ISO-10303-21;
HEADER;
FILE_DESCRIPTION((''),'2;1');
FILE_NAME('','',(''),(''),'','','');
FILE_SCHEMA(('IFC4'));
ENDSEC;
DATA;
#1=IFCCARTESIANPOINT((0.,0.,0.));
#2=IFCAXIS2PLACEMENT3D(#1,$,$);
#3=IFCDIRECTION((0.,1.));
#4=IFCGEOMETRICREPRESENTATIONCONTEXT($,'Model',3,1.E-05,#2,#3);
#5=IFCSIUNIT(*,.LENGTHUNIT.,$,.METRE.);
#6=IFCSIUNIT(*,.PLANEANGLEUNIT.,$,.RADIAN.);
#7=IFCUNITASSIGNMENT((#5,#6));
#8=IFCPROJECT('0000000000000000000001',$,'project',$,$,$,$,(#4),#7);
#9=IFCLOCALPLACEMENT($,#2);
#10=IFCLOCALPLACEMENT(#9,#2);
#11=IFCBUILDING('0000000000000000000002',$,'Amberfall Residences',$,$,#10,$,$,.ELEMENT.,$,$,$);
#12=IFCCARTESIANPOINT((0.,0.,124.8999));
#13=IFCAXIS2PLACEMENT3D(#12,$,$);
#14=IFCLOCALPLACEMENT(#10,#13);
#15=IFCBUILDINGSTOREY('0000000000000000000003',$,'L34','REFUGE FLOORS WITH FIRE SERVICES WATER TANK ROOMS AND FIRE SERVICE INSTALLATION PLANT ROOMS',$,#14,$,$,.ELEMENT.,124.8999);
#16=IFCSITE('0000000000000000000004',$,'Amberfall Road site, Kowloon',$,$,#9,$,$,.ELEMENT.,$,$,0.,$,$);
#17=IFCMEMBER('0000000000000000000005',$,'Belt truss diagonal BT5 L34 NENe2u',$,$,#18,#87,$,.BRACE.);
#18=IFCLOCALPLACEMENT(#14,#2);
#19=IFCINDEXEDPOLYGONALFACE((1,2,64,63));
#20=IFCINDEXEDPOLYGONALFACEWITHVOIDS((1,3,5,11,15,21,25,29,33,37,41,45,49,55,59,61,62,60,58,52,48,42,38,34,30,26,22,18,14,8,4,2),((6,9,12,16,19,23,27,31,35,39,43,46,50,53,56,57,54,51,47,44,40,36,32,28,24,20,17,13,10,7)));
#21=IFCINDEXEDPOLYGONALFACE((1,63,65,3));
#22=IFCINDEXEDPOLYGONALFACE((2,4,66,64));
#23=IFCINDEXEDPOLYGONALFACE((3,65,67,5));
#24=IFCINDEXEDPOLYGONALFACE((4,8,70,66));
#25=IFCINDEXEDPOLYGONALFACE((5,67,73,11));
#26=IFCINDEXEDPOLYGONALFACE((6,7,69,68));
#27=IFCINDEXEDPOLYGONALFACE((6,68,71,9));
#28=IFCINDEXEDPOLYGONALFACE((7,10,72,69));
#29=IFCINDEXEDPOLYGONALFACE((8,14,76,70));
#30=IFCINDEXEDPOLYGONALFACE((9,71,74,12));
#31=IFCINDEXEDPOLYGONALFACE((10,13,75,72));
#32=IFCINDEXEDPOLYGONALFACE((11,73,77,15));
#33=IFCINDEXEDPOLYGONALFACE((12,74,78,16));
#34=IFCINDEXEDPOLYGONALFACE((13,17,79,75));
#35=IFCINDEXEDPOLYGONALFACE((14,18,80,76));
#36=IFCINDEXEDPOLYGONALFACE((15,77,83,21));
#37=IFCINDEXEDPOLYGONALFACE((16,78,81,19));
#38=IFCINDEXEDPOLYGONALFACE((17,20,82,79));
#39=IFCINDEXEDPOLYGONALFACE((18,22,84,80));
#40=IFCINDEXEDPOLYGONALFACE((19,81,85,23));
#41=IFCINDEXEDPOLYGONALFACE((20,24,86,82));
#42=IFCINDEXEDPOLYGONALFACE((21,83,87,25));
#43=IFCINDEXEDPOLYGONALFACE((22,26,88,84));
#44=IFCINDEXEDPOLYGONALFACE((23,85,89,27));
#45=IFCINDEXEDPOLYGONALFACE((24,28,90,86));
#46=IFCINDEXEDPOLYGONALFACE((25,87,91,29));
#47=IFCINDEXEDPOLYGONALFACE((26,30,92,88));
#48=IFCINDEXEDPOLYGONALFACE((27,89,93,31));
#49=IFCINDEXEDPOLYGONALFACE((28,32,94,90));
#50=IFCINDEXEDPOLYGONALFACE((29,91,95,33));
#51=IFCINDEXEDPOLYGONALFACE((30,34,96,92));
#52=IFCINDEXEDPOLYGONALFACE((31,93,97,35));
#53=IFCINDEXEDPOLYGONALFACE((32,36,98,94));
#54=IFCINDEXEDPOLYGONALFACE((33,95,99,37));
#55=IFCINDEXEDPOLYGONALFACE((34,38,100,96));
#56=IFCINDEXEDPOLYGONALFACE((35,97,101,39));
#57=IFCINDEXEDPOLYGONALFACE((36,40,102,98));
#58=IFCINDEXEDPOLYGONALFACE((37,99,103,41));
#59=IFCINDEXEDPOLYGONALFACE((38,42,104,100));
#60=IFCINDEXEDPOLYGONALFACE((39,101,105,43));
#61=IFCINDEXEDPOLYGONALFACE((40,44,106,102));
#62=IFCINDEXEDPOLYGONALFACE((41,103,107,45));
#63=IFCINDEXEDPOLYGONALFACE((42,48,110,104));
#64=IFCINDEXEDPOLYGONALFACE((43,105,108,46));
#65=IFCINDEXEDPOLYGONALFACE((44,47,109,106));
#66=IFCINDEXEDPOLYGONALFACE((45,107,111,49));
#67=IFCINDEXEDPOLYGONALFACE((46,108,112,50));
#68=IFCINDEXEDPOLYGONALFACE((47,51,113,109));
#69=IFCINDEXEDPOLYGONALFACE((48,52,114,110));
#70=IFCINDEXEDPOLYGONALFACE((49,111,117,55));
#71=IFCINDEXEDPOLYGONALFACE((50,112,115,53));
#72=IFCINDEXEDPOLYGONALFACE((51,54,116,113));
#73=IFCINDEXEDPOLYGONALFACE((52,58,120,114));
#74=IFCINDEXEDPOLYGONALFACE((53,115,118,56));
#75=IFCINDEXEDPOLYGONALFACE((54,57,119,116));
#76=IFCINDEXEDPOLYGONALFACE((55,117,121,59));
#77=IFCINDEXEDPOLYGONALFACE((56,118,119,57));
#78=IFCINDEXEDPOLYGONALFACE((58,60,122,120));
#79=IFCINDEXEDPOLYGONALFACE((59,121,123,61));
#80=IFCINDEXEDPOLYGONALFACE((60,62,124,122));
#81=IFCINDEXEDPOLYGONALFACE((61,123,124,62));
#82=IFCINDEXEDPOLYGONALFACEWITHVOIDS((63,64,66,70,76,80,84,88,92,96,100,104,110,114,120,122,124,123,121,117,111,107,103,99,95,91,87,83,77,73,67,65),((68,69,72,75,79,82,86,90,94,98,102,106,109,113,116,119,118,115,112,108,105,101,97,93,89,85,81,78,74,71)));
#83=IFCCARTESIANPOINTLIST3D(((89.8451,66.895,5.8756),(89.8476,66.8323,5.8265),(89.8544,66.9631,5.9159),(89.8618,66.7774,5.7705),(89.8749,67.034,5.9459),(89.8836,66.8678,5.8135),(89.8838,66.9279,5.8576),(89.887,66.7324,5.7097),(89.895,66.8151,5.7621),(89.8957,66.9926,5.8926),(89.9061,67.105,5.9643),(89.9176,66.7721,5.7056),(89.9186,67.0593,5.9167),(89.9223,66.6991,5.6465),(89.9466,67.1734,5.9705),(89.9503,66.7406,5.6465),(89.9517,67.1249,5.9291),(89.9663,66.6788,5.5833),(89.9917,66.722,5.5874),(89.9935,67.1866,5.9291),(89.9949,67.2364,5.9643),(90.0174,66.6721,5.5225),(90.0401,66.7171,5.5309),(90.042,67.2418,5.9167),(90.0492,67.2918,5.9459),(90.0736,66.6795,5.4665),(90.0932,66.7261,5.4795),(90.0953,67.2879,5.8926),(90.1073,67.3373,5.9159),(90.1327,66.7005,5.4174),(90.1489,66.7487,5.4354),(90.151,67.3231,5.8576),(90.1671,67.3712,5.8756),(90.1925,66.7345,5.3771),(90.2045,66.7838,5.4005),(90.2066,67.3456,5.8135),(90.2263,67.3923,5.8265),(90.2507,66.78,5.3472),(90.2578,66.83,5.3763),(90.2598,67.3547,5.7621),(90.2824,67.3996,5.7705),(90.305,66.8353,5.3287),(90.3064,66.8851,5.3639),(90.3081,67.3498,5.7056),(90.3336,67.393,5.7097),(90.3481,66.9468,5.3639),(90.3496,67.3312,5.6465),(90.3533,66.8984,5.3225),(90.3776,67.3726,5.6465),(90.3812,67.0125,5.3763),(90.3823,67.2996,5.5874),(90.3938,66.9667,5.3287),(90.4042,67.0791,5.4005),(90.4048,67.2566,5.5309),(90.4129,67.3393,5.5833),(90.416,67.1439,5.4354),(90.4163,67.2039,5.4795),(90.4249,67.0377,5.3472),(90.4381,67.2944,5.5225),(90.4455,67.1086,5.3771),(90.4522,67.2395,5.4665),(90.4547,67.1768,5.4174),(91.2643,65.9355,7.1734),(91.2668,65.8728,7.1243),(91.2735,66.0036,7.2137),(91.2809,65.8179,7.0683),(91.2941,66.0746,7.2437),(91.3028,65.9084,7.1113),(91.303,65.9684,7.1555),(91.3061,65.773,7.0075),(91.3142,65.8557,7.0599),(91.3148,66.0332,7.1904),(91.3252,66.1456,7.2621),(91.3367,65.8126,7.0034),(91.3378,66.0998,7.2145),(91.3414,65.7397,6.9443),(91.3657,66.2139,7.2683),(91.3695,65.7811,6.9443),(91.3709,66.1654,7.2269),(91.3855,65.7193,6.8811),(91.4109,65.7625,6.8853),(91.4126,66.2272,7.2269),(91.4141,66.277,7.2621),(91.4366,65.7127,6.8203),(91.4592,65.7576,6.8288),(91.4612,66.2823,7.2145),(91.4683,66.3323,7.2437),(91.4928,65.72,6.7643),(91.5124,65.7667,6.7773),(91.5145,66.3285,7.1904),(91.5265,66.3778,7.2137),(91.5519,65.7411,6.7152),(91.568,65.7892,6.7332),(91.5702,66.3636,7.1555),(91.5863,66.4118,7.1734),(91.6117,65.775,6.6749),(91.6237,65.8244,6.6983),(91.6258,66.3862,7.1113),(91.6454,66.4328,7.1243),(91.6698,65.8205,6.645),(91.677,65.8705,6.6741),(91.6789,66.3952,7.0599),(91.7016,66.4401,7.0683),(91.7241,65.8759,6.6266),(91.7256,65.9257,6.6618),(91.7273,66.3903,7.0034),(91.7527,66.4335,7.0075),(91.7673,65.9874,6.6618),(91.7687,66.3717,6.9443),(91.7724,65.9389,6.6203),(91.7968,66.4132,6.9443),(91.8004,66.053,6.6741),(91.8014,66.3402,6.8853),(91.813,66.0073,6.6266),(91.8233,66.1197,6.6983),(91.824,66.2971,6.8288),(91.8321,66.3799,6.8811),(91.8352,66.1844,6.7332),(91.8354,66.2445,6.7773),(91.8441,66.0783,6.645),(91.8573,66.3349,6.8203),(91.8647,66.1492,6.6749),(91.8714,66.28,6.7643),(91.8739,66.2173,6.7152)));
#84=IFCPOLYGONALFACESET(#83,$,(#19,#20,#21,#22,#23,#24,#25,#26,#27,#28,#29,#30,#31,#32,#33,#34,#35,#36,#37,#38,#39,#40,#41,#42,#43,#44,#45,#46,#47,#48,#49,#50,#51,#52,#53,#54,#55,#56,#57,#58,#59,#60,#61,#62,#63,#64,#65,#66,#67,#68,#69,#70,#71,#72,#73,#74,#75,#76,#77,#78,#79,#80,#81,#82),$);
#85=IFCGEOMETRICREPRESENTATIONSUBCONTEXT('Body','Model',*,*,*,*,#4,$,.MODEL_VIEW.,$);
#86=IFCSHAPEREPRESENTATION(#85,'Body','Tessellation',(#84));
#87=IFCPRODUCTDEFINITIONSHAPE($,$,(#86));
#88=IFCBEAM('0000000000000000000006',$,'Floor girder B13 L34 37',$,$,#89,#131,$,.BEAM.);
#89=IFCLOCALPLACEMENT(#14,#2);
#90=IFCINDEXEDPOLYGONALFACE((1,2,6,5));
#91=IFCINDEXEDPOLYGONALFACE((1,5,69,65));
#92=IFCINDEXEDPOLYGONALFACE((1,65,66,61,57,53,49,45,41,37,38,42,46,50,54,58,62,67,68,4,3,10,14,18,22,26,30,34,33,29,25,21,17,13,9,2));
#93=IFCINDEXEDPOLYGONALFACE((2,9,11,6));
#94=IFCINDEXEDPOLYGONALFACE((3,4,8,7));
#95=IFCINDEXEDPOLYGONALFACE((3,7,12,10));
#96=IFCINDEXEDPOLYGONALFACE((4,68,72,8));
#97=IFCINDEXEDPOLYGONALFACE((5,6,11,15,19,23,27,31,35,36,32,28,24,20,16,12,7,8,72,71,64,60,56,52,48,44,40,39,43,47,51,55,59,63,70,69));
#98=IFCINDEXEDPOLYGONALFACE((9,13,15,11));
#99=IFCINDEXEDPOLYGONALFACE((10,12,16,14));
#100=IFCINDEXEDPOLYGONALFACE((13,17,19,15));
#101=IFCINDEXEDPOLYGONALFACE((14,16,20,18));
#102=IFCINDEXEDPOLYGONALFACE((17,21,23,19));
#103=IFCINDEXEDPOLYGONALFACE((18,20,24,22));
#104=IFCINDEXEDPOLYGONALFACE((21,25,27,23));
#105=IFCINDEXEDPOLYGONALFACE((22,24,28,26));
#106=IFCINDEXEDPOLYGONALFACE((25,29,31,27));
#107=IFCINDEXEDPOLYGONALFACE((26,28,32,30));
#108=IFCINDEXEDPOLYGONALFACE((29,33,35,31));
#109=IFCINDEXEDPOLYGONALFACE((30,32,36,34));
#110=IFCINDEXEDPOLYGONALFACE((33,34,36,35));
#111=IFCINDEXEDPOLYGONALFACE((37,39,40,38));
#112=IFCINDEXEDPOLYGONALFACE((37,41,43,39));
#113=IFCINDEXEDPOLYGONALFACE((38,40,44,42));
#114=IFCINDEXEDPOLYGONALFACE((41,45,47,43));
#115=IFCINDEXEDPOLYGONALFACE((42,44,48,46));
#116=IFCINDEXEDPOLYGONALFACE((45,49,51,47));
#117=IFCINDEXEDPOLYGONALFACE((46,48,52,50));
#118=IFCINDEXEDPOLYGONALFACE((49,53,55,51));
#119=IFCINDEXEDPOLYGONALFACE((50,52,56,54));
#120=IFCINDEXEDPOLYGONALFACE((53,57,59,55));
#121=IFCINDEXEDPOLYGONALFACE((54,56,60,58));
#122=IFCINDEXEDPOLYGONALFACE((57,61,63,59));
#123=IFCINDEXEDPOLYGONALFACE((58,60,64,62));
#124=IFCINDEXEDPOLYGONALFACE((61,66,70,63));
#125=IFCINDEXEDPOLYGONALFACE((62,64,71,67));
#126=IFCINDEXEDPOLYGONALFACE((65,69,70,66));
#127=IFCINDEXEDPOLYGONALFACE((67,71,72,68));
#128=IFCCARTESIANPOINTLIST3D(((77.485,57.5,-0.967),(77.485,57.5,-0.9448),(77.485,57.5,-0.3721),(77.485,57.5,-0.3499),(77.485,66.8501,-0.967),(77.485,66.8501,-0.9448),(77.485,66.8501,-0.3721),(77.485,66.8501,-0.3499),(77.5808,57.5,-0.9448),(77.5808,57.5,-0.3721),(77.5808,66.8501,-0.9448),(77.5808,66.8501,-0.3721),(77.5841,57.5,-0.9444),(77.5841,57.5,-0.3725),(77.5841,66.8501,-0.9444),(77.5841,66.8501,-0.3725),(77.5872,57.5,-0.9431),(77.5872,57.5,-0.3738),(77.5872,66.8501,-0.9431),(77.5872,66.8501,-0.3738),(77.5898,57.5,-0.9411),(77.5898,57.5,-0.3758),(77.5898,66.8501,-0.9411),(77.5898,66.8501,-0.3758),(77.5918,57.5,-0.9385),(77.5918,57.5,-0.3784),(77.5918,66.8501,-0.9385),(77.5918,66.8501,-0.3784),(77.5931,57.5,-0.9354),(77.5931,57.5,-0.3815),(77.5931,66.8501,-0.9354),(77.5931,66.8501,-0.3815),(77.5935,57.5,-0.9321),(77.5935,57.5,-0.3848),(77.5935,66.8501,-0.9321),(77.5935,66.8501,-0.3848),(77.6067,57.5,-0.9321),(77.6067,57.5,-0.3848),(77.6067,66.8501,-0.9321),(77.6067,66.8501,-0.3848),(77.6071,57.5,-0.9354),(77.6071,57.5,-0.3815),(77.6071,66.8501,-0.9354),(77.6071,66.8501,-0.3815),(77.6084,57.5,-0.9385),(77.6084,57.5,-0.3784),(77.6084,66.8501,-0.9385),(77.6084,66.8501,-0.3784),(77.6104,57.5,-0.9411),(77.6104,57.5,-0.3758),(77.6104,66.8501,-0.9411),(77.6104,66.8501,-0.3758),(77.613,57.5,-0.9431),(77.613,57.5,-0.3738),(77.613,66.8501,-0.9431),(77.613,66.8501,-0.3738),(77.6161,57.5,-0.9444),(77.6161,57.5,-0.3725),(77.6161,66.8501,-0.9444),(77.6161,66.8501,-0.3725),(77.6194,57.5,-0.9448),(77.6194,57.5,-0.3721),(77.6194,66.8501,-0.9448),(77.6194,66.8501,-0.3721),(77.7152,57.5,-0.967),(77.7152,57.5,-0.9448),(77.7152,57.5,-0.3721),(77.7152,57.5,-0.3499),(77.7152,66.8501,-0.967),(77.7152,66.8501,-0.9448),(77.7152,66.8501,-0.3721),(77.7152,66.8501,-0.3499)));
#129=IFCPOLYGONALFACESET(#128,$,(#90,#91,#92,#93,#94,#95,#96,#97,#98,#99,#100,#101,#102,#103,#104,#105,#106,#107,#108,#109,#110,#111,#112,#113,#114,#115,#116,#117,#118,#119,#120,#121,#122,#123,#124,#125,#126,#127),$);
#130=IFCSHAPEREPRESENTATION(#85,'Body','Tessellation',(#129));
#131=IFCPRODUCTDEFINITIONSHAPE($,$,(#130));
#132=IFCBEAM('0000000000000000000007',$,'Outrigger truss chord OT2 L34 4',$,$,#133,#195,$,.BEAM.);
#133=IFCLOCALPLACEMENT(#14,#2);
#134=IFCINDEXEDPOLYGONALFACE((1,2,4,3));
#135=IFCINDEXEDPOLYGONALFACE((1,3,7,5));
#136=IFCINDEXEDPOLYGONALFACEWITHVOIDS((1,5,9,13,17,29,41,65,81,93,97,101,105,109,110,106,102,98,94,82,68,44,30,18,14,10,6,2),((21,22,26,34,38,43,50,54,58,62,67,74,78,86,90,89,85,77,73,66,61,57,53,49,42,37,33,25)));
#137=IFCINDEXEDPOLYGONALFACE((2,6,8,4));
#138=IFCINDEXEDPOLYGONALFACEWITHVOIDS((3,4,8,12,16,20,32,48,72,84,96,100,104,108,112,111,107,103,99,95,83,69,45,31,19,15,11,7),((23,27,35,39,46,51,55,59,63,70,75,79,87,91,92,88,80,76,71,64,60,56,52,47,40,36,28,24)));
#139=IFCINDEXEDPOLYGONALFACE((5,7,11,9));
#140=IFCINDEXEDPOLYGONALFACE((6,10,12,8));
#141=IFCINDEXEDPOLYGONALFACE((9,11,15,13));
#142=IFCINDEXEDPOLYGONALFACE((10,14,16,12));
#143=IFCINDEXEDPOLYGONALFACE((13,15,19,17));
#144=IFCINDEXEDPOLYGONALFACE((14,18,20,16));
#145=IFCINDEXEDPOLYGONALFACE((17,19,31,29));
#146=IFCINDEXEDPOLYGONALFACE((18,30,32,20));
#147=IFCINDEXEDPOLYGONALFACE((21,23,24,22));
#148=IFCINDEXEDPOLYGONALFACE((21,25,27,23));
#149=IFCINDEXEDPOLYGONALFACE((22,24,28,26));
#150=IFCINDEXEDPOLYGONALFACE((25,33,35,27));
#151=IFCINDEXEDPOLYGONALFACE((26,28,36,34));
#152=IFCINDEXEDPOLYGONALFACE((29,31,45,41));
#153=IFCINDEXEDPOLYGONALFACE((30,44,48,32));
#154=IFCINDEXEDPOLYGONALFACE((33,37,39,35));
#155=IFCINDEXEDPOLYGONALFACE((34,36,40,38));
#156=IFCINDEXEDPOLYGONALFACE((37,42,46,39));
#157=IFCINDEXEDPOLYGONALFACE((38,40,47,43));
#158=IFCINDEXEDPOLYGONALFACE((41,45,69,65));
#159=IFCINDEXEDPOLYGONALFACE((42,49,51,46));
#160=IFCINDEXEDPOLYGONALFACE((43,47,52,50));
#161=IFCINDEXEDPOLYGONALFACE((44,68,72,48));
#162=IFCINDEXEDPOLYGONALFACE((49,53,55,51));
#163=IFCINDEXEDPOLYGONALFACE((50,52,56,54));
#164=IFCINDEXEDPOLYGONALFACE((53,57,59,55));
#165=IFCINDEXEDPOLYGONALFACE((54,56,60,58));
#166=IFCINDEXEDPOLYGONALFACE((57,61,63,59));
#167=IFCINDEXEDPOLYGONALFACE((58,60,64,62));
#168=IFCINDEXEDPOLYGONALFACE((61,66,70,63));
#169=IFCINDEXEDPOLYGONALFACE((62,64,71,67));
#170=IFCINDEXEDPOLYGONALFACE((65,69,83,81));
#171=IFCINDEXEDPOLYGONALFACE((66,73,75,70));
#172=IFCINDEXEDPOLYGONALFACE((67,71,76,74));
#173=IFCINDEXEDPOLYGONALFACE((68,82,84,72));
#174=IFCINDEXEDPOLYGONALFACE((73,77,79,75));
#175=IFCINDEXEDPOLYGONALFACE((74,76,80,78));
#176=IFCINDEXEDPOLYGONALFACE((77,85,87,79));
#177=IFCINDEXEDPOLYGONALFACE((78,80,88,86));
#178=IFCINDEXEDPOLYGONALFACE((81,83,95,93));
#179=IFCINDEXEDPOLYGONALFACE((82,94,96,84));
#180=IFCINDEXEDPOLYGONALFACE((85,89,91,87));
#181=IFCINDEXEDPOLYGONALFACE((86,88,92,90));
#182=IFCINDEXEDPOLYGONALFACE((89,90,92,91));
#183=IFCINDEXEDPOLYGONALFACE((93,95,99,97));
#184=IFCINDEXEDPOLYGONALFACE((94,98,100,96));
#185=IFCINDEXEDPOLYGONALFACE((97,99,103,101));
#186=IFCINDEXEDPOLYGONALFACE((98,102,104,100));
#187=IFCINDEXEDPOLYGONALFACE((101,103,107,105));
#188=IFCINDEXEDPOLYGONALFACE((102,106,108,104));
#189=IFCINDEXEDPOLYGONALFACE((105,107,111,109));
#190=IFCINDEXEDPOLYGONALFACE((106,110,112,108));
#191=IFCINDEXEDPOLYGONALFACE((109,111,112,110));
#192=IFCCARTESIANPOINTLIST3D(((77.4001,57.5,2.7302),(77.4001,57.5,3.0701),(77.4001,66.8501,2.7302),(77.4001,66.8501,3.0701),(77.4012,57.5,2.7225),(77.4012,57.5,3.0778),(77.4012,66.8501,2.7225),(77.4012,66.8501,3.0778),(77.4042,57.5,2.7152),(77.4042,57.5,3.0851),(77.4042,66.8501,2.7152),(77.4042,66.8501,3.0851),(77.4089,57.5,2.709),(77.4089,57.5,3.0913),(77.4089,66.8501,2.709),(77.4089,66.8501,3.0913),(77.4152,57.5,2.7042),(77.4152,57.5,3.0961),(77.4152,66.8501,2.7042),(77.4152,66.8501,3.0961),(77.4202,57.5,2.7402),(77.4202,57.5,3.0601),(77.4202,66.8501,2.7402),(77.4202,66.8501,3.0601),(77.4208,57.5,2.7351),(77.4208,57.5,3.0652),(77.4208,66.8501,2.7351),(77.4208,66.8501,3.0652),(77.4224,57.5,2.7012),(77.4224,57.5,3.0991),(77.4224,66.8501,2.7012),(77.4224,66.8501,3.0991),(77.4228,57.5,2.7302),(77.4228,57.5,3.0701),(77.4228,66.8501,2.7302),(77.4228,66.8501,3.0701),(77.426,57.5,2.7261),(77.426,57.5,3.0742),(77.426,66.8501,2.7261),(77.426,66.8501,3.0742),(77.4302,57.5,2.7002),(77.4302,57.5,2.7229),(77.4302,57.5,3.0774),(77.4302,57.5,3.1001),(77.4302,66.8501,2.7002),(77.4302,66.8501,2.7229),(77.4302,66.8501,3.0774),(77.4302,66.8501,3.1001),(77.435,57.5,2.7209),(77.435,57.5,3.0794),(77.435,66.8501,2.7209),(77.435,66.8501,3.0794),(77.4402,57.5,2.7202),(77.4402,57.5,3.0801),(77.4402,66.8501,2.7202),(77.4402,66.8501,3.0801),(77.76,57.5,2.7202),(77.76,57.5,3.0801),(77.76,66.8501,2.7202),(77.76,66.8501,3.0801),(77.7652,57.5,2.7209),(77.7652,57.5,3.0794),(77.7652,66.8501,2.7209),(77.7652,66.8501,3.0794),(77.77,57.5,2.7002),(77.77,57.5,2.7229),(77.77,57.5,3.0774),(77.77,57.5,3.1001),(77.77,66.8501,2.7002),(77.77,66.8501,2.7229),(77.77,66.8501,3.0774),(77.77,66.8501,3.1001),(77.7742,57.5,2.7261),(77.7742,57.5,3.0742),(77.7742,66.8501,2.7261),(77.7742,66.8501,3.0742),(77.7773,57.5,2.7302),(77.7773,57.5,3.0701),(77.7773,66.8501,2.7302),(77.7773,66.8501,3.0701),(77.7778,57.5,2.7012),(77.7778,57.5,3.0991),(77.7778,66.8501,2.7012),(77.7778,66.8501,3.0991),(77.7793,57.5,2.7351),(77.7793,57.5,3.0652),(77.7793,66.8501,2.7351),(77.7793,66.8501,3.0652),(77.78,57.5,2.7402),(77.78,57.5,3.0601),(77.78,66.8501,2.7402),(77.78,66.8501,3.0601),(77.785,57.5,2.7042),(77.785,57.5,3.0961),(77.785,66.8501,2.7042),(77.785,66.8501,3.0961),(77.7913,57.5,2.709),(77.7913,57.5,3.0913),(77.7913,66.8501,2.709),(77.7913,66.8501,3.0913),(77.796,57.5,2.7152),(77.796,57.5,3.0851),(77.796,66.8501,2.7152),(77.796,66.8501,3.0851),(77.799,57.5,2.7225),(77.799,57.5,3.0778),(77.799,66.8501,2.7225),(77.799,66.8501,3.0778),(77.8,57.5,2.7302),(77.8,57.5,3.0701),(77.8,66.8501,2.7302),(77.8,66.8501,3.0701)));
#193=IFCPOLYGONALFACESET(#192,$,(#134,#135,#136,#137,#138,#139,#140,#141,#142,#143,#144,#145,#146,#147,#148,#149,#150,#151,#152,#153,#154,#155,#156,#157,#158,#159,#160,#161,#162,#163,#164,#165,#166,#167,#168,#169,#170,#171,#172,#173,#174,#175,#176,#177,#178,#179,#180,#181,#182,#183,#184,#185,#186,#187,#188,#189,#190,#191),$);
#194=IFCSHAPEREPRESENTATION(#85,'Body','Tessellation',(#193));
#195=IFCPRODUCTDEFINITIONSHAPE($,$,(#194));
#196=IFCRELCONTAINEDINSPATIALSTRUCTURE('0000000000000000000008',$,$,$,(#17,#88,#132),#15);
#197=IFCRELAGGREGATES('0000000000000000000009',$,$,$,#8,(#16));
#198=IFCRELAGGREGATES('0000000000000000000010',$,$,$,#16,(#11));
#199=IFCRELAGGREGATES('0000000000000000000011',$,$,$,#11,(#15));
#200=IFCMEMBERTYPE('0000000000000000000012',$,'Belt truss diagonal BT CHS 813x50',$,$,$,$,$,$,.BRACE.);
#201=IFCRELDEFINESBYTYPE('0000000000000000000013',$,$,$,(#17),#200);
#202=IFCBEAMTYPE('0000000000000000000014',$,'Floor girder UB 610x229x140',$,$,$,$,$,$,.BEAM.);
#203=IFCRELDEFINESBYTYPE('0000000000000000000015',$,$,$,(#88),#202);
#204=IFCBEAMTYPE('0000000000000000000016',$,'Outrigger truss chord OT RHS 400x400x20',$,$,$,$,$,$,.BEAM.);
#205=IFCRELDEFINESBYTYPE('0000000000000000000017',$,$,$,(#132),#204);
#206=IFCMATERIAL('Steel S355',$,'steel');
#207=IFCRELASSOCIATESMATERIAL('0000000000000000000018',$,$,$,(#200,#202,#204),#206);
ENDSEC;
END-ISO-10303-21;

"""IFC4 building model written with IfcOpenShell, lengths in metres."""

from ifc_helpers import new_model, si_unit, direction, frame, origin, origin_2d, place, context, subcontext, project, spatial, hollow_rectangle, hollow_circle, i_section, extrude, material, material_profile, profile_set, type_object, element, save


model = new_model("IFC4")

# Units and contexts
model_context = context("Model", 3, precision=1e-05, world=origin(), true_north=direction((0.0, 1.0)))
body_context = subcontext(model_context, "Body", "Model", "MODEL_VIEW")
ifc_project = project(units=[si_unit("LENGTHUNIT", "METRE"), si_unit("PLANEANGLEUNIT", "RADIAN")], contexts=[model_context])

# Site, building, storey
site_placement = place(None, origin())
site = spatial("IfcSite", under=ifc_project, at=site_placement, Name="Amberfall Road site, Kowloon", CompositionType="ELEMENT", RefElevation=0.0)
building_placement = place(site_placement, origin())
building = spatial("IfcBuilding", under=site, at=building_placement, Name="Amberfall Residences", CompositionType="ELEMENT")
storey_placement = place(building_placement, frame((0.0, 0.0, 124.8999)))
storey = spatial("IfcBuildingStorey", under=building, at=storey_placement, Name="L34", Description="REFUGE FLOORS WITH FIRE SERVICES WATER TANK ROOMS AND FIRE SERVICE INSTALLATION PLANT ROOMS", CompositionType="ELEMENT", Elevation=124.8999)

# Shared definitions
ifc_material_1 = material(Name="Steel S355", Category="steel")

# Member
ifc_material_profile_1 = material_profile(ifc_material_1, hollow_circle(Radius=0.4065, WallThickness=0.05, at=origin_2d()), Name="CHS 813x50")
ifc_profile_set_1 = profile_set([ifc_material_profile_1], Name="Steel S355")
member_type_1 = type_object("IfcMemberType", Name="Belt truss diagonal BT CHS 813x50", PredefinedType="BRACE", material=ifc_profile_set_1)
member_1_placement = place(storey_placement, frame((91.5691, 66.0764, 6.9443), z_axis=(-0.660331, 0.44643, -0.603874), x_axis=(-0.560082, -0.828437, 0.0)))
element("IfcMember", 1, at=member_1_placement, inside=storey, type_object=member_type_1, Name="Belt truss diagonal BT5 L34 NENe2u", PredefinedType="BRACE", context=body_context, shape_type="SweptSolid", body=[
    extrude(hollow_circle(Radius=0.4065, WallThickness=0.05, at=origin_2d()), origin(), (0.0, 0.0, 1.0), 2.1492),
])

# Beams
ifc_material_profile_2 = material_profile(ifc_material_1, i_section(OverallWidth=0.2302, OverallDepth=0.6172, WebThickness=0.0132, FlangeThickness=0.0222, FilletRadius=0.0127, at=origin_2d()), Name="UB 610x229x140")
ifc_profile_set_2 = profile_set([ifc_material_profile_2], Name="Steel S355")
beam_type_1 = type_object("IfcBeamType", Name="Floor girder UB 610x229x140", PredefinedType="BEAM", material=ifc_profile_set_2)
beam_1_placement = place(storey_placement, frame((77.6001, 66.8501, -0.6584), z_axis=(0.0, -1.0, 0.0), x_axis=(1.0, 0.0, 0.0)))
element("IfcBeam", 2, at=beam_1_placement, inside=storey, type_object=beam_type_1, Name="Floor girder B13 L34 37", PredefinedType="BEAM", context=body_context, shape_type="SweptSolid", body=[
    extrude(i_section(OverallWidth=0.2302, OverallDepth=0.6172, WebThickness=0.0132, FlangeThickness=0.0222, FilletRadius=0.0127, at=origin_2d()), origin(), (0.0, 0.0, 1.0), 9.3501),
])
ifc_material_profile_3 = material_profile(ifc_material_1, hollow_rectangle(XDim=0.3999, YDim=0.3999, WallThickness=0.02, InnerFilletRadius=0.02, OuterFilletRadius=0.03, at=origin_2d()), Name="RHS 400x400x20")
ifc_profile_set_3 = profile_set([ifc_material_profile_3], Name="Steel S355")
beam_type_2 = type_object("IfcBeamType", Name="Outrigger truss chord OT RHS 400x400x20", PredefinedType="BEAM", material=ifc_profile_set_3)
for number, where, z_axis, x_axis, name in (
    (3, (77.6001, 66.8501, 2.9001), (0.0, -1.0, 0.0), (1.0, 0.0, 0.0), "Outrigger truss chord OT2 L34 4"),
):
    element("IfcBeam", number, at=place(storey_placement, frame(where, z_axis=z_axis, x_axis=x_axis)), inside=storey, type_object=beam_type_2, Name=name, PredefinedType="BEAM", context=body_context, shape_type="SweptSolid", body=[
        extrude(hollow_rectangle(XDim=0.3999, YDim=0.3999, WallThickness=0.02, InnerFilletRadius=0.02, OuterFilletRadius=0.03, at=origin_2d()), origin(), (0.0, 0.0, 1.0), 9.3501),
    ])

save(model, "model.ifc")
